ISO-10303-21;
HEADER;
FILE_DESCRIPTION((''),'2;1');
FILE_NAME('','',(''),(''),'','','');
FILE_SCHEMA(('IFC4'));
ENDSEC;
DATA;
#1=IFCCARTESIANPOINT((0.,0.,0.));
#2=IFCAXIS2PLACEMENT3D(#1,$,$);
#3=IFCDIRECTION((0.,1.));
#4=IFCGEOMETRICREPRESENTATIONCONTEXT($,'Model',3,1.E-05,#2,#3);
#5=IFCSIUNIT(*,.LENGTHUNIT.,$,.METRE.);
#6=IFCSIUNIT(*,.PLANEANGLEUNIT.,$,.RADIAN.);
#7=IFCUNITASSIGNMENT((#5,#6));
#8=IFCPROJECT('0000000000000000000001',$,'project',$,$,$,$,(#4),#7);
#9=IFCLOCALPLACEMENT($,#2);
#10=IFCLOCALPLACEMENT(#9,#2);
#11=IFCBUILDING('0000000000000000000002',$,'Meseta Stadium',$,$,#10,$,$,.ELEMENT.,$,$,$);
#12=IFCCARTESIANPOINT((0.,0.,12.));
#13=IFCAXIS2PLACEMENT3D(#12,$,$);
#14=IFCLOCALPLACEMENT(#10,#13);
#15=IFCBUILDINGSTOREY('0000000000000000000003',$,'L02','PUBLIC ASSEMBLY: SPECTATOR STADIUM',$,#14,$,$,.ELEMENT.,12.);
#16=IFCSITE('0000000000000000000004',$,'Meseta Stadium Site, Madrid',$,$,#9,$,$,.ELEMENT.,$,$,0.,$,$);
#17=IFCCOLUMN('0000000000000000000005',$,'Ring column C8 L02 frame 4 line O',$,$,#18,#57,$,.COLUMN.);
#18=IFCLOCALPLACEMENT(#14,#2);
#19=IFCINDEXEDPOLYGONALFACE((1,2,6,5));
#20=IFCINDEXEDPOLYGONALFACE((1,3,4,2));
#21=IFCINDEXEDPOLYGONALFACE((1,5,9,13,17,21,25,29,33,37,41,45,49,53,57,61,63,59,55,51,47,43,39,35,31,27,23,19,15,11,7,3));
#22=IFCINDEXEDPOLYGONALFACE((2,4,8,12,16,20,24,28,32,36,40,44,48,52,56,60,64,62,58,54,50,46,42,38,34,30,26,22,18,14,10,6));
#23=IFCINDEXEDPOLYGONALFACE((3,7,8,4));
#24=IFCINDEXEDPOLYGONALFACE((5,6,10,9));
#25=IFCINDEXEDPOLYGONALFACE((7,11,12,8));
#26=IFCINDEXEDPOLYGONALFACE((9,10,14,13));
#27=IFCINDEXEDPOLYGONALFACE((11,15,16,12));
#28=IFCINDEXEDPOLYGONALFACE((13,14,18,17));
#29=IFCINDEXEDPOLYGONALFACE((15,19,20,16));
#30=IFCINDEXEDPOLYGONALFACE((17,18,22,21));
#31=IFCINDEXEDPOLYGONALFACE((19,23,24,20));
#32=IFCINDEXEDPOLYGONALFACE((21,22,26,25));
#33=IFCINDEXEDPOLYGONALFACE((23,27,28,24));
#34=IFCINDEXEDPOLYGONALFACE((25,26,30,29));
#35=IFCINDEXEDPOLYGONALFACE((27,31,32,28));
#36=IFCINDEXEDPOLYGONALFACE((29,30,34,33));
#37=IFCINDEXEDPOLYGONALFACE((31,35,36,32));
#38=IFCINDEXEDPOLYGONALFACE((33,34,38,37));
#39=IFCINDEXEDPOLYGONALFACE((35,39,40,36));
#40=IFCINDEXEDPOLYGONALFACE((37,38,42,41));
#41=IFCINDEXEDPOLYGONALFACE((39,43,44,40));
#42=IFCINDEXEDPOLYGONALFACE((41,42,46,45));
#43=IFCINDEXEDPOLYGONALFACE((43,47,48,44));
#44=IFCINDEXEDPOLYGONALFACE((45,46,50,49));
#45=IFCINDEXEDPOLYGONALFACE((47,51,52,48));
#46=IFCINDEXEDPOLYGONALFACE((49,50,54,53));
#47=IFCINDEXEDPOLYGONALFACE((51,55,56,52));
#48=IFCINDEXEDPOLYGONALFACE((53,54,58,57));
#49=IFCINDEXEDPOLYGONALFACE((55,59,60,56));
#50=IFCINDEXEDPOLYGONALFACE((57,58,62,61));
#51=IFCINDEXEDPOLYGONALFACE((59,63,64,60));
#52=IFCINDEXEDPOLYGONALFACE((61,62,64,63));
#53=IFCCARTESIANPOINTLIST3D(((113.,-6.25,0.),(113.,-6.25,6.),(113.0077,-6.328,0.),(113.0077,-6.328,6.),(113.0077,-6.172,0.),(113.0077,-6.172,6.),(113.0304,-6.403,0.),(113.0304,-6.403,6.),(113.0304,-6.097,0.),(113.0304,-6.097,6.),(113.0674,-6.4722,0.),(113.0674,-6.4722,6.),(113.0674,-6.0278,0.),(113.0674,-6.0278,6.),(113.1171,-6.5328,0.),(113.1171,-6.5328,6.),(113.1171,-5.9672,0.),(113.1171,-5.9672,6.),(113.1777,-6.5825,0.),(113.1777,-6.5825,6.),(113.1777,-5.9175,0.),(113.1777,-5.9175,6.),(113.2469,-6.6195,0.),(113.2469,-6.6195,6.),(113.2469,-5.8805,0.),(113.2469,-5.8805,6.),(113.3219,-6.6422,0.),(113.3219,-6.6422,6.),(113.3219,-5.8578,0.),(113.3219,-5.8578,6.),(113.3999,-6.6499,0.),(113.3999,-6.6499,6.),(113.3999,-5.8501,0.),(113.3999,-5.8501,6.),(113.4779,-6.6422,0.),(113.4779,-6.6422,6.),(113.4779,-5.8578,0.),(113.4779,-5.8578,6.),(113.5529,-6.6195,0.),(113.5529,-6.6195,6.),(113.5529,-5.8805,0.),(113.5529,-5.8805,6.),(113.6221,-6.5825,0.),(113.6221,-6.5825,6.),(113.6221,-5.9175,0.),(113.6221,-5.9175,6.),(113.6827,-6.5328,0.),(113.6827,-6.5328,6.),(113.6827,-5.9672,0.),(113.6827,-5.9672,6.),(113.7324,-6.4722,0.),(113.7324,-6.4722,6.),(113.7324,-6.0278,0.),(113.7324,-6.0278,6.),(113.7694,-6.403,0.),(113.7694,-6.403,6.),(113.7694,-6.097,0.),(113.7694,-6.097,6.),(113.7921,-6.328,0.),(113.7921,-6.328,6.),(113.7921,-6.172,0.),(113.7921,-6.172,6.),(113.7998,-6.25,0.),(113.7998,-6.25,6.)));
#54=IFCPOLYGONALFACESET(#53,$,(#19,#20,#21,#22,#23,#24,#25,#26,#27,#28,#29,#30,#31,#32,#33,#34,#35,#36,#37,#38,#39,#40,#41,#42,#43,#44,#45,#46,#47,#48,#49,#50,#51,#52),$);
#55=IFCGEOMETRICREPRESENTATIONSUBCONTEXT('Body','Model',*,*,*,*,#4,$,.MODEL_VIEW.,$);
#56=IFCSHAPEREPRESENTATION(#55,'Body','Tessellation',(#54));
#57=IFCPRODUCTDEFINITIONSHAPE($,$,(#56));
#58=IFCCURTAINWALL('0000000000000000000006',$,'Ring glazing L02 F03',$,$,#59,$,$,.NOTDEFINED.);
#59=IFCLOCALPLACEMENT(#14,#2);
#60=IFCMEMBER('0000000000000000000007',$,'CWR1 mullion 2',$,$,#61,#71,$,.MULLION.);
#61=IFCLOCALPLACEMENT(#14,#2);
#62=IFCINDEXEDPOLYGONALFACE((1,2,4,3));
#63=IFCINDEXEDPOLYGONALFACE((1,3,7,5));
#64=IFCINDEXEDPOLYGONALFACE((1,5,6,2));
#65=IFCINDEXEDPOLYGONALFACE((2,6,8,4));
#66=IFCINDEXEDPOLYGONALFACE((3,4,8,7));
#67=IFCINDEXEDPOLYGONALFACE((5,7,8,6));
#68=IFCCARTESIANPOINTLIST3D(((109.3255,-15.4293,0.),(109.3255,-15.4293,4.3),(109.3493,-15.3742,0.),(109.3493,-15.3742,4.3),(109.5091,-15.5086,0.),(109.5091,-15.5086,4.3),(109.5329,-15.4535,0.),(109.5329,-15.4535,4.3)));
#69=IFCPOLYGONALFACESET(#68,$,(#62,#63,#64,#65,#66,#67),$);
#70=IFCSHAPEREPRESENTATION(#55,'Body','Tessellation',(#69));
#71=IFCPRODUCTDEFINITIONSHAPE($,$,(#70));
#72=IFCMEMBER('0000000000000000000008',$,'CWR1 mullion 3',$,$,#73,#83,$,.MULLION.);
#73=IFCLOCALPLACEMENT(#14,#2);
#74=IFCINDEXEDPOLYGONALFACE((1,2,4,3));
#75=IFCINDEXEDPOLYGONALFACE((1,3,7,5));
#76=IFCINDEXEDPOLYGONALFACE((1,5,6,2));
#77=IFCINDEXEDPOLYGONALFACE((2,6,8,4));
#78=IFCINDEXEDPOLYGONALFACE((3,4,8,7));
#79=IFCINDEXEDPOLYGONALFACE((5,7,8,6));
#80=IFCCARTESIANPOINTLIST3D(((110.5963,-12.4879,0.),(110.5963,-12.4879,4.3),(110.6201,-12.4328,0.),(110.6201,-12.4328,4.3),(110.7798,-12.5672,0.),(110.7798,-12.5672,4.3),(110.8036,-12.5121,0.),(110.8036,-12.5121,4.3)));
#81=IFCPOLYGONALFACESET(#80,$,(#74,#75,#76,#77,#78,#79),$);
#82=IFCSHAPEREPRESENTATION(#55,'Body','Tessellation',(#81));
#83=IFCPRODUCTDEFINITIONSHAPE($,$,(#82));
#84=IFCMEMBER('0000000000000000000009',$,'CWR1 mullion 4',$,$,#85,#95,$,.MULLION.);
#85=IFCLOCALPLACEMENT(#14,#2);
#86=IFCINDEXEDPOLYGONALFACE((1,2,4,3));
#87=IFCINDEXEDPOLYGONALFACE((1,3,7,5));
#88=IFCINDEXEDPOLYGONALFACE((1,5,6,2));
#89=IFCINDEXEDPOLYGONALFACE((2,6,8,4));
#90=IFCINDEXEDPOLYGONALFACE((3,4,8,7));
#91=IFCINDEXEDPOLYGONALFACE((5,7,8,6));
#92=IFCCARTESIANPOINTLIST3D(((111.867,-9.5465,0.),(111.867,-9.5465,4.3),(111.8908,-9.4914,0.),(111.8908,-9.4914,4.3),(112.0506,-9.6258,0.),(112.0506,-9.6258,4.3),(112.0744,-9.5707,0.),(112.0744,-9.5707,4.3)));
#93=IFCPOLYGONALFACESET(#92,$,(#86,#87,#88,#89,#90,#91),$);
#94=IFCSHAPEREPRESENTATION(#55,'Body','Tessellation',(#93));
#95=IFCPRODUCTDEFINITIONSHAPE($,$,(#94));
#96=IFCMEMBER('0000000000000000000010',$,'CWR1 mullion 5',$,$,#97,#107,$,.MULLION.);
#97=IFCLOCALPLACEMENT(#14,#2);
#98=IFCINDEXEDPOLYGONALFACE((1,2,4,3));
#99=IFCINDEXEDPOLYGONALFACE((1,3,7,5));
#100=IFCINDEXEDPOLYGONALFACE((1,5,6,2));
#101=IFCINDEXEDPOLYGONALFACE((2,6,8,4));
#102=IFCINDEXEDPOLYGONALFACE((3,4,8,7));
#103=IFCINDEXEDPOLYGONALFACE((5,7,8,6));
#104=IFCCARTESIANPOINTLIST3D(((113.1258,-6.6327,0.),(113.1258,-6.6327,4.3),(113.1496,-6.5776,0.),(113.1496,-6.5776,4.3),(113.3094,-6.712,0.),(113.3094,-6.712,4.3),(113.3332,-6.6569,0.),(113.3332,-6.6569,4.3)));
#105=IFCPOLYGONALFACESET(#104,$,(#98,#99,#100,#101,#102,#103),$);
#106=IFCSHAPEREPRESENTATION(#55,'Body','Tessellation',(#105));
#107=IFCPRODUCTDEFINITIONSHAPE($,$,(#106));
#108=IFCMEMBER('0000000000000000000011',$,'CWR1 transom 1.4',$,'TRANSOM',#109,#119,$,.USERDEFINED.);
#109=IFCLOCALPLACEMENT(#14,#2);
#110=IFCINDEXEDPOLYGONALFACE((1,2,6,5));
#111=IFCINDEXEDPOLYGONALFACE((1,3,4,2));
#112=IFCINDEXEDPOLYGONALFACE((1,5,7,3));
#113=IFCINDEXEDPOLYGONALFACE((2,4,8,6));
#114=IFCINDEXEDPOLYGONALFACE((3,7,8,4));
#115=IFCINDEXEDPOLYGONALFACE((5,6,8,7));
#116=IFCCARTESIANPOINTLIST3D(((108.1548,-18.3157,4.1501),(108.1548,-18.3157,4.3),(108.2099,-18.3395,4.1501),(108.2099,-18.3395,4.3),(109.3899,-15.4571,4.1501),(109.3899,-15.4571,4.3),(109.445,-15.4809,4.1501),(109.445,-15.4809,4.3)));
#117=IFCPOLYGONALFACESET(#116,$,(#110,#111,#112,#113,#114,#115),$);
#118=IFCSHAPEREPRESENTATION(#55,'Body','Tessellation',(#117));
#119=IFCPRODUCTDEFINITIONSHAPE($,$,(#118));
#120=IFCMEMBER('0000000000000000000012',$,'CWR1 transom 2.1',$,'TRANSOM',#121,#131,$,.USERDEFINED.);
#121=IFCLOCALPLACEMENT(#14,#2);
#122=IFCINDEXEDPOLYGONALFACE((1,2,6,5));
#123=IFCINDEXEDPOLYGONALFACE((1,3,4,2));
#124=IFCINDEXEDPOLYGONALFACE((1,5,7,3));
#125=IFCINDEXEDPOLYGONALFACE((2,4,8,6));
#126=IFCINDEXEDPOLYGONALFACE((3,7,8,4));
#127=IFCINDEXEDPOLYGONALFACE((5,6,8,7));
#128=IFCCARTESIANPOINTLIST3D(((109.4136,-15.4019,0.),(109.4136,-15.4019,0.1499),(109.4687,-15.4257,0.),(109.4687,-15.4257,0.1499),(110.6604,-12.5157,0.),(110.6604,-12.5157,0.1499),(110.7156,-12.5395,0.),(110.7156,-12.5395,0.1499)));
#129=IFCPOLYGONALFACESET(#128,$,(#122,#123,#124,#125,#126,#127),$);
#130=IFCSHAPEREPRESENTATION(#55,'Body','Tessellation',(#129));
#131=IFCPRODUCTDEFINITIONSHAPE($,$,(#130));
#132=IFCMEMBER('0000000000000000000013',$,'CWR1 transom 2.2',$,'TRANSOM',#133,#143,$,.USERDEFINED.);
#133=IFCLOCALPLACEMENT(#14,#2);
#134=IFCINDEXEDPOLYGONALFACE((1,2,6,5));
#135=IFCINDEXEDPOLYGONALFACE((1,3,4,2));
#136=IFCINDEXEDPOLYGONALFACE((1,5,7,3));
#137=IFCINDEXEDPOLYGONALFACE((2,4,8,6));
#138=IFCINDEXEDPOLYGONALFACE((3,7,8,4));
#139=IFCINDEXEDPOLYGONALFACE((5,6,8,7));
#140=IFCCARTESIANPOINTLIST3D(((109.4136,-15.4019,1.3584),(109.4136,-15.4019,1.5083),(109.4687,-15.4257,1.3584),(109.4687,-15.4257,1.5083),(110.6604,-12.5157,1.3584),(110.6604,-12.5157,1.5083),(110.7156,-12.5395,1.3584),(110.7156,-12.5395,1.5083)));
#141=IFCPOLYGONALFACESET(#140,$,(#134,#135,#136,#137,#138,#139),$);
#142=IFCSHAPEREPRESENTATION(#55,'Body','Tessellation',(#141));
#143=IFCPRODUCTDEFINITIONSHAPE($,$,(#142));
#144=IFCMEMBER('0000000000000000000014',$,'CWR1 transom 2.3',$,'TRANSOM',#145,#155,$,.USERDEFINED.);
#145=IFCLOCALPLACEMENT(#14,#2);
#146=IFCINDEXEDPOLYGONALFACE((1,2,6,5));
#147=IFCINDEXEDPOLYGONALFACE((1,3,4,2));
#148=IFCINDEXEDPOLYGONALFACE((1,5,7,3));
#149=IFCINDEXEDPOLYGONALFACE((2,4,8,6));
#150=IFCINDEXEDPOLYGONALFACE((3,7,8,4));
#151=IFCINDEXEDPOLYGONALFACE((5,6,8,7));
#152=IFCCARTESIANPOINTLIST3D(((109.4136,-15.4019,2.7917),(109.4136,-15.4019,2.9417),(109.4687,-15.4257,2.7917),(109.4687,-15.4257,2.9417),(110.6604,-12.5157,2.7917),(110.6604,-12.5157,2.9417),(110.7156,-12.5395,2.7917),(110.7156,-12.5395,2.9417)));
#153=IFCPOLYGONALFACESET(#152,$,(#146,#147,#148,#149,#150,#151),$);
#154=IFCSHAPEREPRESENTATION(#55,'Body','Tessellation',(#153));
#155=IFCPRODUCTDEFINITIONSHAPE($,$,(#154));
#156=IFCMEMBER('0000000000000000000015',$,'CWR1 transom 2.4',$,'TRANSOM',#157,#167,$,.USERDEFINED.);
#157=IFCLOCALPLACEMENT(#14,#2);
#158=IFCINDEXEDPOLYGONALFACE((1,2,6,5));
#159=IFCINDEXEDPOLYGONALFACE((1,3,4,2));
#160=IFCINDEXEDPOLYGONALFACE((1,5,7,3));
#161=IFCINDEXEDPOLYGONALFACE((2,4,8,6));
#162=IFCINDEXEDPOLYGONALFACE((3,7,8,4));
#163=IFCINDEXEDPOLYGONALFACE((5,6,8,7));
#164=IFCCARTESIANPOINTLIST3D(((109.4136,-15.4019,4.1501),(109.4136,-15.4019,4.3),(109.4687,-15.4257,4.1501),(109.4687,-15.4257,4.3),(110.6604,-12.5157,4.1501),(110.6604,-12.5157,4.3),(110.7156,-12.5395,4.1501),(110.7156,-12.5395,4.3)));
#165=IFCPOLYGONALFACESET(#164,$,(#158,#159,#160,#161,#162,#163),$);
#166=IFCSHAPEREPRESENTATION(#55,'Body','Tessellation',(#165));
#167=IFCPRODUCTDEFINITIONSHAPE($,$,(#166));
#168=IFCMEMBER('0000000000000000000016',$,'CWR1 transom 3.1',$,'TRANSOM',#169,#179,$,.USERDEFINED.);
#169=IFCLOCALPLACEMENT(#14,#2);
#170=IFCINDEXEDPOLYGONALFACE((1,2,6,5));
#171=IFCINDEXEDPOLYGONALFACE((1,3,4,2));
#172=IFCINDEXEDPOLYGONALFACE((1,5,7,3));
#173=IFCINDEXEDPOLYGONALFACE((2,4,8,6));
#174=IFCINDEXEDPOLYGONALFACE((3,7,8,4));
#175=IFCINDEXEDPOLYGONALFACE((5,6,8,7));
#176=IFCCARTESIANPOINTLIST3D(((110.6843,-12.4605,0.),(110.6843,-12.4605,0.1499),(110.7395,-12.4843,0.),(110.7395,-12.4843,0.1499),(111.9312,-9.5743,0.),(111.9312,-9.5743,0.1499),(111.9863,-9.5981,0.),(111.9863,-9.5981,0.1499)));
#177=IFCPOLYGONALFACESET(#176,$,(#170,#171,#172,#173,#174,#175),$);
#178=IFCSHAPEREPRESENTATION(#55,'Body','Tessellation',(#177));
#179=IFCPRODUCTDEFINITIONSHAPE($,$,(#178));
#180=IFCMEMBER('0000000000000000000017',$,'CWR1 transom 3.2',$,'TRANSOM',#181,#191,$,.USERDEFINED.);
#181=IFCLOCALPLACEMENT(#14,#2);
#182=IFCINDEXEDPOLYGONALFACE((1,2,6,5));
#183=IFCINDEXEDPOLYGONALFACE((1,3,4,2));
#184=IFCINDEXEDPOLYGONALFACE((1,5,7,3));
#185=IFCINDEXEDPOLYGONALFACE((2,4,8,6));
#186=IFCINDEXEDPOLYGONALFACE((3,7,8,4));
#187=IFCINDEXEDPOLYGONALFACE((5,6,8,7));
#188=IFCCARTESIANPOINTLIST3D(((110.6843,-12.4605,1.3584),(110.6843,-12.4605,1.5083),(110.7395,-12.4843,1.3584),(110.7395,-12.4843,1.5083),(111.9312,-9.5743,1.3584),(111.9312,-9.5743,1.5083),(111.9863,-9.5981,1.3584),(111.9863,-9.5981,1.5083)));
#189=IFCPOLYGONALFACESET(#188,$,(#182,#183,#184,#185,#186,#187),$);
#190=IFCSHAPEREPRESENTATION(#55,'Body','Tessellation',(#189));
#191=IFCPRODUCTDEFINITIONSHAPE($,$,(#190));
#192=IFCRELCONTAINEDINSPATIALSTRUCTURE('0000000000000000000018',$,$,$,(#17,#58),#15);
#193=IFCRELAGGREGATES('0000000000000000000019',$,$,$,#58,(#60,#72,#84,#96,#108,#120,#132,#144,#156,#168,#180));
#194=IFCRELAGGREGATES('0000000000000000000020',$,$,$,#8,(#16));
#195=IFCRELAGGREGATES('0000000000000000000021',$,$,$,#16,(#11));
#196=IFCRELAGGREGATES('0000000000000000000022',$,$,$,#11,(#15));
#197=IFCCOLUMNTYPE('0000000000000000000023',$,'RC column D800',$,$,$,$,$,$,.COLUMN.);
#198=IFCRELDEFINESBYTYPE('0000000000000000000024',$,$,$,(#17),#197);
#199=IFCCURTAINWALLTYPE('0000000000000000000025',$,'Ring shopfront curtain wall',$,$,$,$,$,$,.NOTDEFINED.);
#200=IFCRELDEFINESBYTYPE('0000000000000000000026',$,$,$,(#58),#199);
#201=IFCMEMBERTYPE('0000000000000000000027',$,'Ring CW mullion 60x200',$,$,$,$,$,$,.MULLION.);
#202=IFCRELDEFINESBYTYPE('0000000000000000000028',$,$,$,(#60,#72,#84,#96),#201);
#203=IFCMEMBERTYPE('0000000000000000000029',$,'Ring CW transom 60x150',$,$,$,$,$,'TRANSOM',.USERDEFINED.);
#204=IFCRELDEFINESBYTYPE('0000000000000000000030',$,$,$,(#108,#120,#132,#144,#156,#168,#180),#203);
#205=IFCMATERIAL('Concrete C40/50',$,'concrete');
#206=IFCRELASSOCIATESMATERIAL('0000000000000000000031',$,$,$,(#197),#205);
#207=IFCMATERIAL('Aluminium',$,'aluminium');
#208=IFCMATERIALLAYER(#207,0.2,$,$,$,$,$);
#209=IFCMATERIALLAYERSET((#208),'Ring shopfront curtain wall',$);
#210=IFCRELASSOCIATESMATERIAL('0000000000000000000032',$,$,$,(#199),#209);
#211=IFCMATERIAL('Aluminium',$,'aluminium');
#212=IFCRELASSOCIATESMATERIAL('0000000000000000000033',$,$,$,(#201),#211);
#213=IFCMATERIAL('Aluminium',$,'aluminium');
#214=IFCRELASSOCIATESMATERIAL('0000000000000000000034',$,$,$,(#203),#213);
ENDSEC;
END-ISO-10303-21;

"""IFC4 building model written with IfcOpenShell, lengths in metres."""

from ifc_helpers import new_model, si_unit, direction, frame, origin, origin_2d, place, context, subcontext, project, spatial, rectangle, circle, extrude, material, layer, layer_set, material_profile, profile_set, type_object, element, aggregate, save


model = new_model("IFC4")

# Units and contexts
model_context = context("Model", 3, precision=1e-05, world=origin(), true_north=direction((0.0, 1.0)))
body_context = subcontext(model_context, "Body", "Model", "MODEL_VIEW")
ifc_project = project(units=[si_unit("LENGTHUNIT", "METRE"), si_unit("PLANEANGLEUNIT", "RADIAN")], contexts=[model_context])

# Site, building, storey
site_placement = place(None, origin())
site = spatial("IfcSite", under=ifc_project, at=site_placement, Name="Meseta Stadium Site, Madrid", CompositionType="ELEMENT", RefElevation=0.0)
building_placement = place(site_placement, origin())
building = spatial("IfcBuilding", under=site, at=building_placement, Name="Meseta Stadium", CompositionType="ELEMENT")
storey_placement = place(building_placement, frame((0.0, 0.0, 12.0)))
storey = spatial("IfcBuildingStorey", under=building, at=storey_placement, Name="L02", Description="PUBLIC ASSEMBLY: SPECTATOR STADIUM", CompositionType="ELEMENT", Elevation=12.0)

# Column
ifc_material_1 = material(Name="Concrete C40/50", Category="concrete")
ifc_material_profile_1 = material_profile(ifc_material_1, circle(Radius=0.3999, at=origin_2d()), Name="RC D800")
ifc_profile_set_1 = profile_set([ifc_material_profile_1], Name="Concrete C40/50")
column_type = type_object("IfcColumnType", Name="RC column D800", PredefinedType="COLUMN", material=ifc_profile_set_1)
column_placement = place(storey_placement, frame((113.3999, -6.25, 0.0), z_axis=(0.0, 0.0, 1.0), x_axis=(1.0, 0.0, 0.0)))
element("IfcColumn", 1, at=column_placement, inside=storey, type_object=column_type, Name="Ring column C8 L02 frame 4 line O", PredefinedType="COLUMN", context=body_context, shape_type="SweptSolid", body=[
    extrude(circle(Radius=0.3999, at=origin_2d()), origin(), (0.0, 0.0, 1.0), 6.0),
])

# Curtain wall, members
ifc_material_2 = material(Name="Aluminium", Category="aluminium")
ifc_layer_1 = layer(ifc_material_2, 0.2)
ifc_layer_set_1 = layer_set([ifc_layer_1], Name="Ring shopfront curtain wall")
curtain_wall_type = type_object("IfcCurtainWallType", Name="Ring shopfront curtain wall", PredefinedType="NOTDEFINED", material=ifc_layer_set_1)
curtain_wall_placement = place(storey_placement, origin())
curtain_wall = element("IfcCurtainWall", 2, at=curtain_wall_placement, inside=storey, type_object=curtain_wall_type, Name="Ring glazing L02 F03", PredefinedType="NOTDEFINED")
ifc_material_3 = material(Name="Aluminium", Category="aluminium")
ifc_material_profile_2 = material_profile(ifc_material_3, rectangle(XDim=0.2, YDim=0.0601, at=origin_2d()), Name="CW 200x60")
ifc_profile_set_2 = profile_set([ifc_material_profile_2], Name="Aluminium")
member_type_1 = type_object("IfcMemberType", Name="Ring CW mullion 60x200", PredefinedType="MULLION", material=ifc_profile_set_2)
member_1_placement = place(storey_placement, frame((109.4292, -15.4414, 0.0), z_axis=(0.0, 0.0, 1.0), x_axis=(-0.918, 0.396581, 0.0)))
member_1 = element("IfcMember", 3, at=member_1_placement, type_object=member_type_1, Name="CWR1 mullion 2", PredefinedType="MULLION", context=body_context, shape_type="SweptSolid", body=[
    extrude(rectangle(XDim=0.2, YDim=0.0601, at=origin_2d()), origin(), (0.0, 0.0, 1.0), 4.3),
])
member_2_placement = place(storey_placement, frame((110.7, -12.5, 0.0), z_axis=(0.0, 0.0, 1.0), x_axis=(-0.918, 0.396581, 0.0)))
member_2 = element("IfcMember", 4, at=member_2_placement, type_object=member_type_1, Name="CWR1 mullion 3", PredefinedType="MULLION", context=body_context, shape_type="SweptSolid", body=[
    extrude(rectangle(XDim=0.2, YDim=0.0601, at=origin_2d()), origin(), (0.0, 0.0, 1.0), 4.3),
])
member_3_placement = place(storey_placement, frame((111.9707, -9.5586, 0.0), z_axis=(0.0, 0.0, 1.0), x_axis=(-0.918, 0.396581, 0.0)))
member_3 = element("IfcMember", 5, at=member_3_placement, type_object=member_type_1, Name="CWR1 mullion 4", PredefinedType="MULLION", context=body_context, shape_type="SweptSolid", body=[
    extrude(rectangle(XDim=0.2, YDim=0.0601, at=origin_2d()), origin(), (0.0, 0.0, 1.0), 4.3),
])
member_4_placement = place(storey_placement, frame((113.2295, -6.6448, 0.0), z_axis=(0.0, 0.0, 1.0), x_axis=(-0.918, 0.396581, 0.0)))
member_4 = element("IfcMember", 6, at=member_4_placement, type_object=member_type_1, Name="CWR1 mullion 5", PredefinedType="MULLION", context=body_context, shape_type="SweptSolid", body=[
    extrude(rectangle(XDim=0.2, YDim=0.0601, at=origin_2d()), origin(), (0.0, 0.0, 1.0), 4.3),
])
ifc_material_4 = material(Name="Aluminium", Category="aluminium")
ifc_material_profile_3 = material_profile(ifc_material_4, rectangle(XDim=0.0601, YDim=0.1499, at=origin_2d()), Name="CW 60x150")
ifc_profile_set_3 = profile_set([ifc_material_profile_3], Name="Aluminium")
member_type_2 = type_object("IfcMemberType", Name="Ring CW transom 60x150", ElementType="TRANSOM", PredefinedType="USERDEFINED", material=ifc_profile_set_3)
member_5_placement = place(storey_placement, frame((108.1824, -18.3276, 4.2251), z_axis=(0.396624, 0.917981, 0.0), x_axis=(-0.917981, 0.396624, 0.0)))
member_5 = element("IfcMember", 7, at=member_5_placement, type_object=member_type_2, Name="CWR1 transom 1.4", ObjectType="TRANSOM", PredefinedType="USERDEFINED", context=body_context, shape_type="SweptSolid", body=[
    extrude(rectangle(XDim=0.0601, YDim=0.1499, at=origin_2d()), origin(), (0.0, 0.0, 1.0), 3.114),
])
member_6_placement = place(storey_placement, frame((109.4412, -15.4138, 0.075), z_axis=(0.39657, 0.918005, 0.0), x_axis=(-0.918005, 0.39657, 0.0)))
member_6 = element("IfcMember", 8, at=member_6_placement, type_object=member_type_2, Name="CWR1 transom 2.1", ObjectType="TRANSOM", PredefinedType="USERDEFINED", context=body_context, shape_type="SweptSolid", body=[
    extrude(rectangle(XDim=0.0601, YDim=0.1499, at=origin_2d()), origin(), (0.0, 0.0, 1.0), 3.144),
])
member_7_placement = place(storey_placement, frame((109.4412, -15.4138, 1.4333), z_axis=(0.39657, 0.918005, 0.0), x_axis=(-0.918005, 0.39657, 0.0)))
member_7 = element("IfcMember", 9, at=member_7_placement, type_object=member_type_2, Name="CWR1 transom 2.2", ObjectType="TRANSOM", PredefinedType="USERDEFINED", context=body_context, shape_type="SweptSolid", body=[
    extrude(rectangle(XDim=0.0601, YDim=0.1499, at=origin_2d()), origin(), (0.0, 0.0, 1.0), 3.144),
])
member_8_placement = place(storey_placement, frame((109.4412, -15.4138, 2.8667), z_axis=(0.39657, 0.918005, 0.0), x_axis=(-0.918005, 0.39657, 0.0)))
member_8 = element("IfcMember", 10, at=member_8_placement, type_object=member_type_2, Name="CWR1 transom 2.3", ObjectType="TRANSOM", PredefinedType="USERDEFINED", context=body_context, shape_type="SweptSolid", body=[
    extrude(rectangle(XDim=0.0601, YDim=0.1499, at=origin_2d()), origin(), (0.0, 0.0, 1.0), 3.144),
])
member_9_placement = place(storey_placement, frame((109.4412, -15.4138, 4.2251), z_axis=(0.39657, 0.918005, 0.0), x_axis=(-0.918005, 0.39657, 0.0)))
member_9 = element("IfcMember", 11, at=member_9_placement, type_object=member_type_2, Name="CWR1 transom 2.4", ObjectType="TRANSOM", PredefinedType="USERDEFINED", context=body_context, shape_type="SweptSolid", body=[
    extrude(rectangle(XDim=0.0601, YDim=0.1499, at=origin_2d()), origin(), (0.0, 0.0, 1.0), 3.144),
])
member_10_placement = place(storey_placement, frame((110.7119, -12.4724, 0.075), z_axis=(0.39657, 0.918005, 0.0), x_axis=(-0.918005, 0.39657, 0.0)))
member_10 = element("IfcMember", 12, at=member_10_placement, type_object=member_type_2, Name="CWR1 transom 3.1", ObjectType="TRANSOM", PredefinedType="USERDEFINED", context=body_context, shape_type="SweptSolid", body=[
    extrude(rectangle(XDim=0.0601, YDim=0.1499, at=origin_2d()), origin(), (0.0, 0.0, 1.0), 3.144),
])
member_11_placement = place(storey_placement, frame((110.7119, -12.4724, 1.4333), z_axis=(0.39657, 0.918005, 0.0), x_axis=(-0.918005, 0.39657, 0.0)))
member_11 = element("IfcMember", 13, at=member_11_placement, type_object=member_type_2, Name="CWR1 transom 3.2", ObjectType="TRANSOM", PredefinedType="USERDEFINED", context=body_context, shape_type="SweptSolid", body=[
    extrude(rectangle(XDim=0.0601, YDim=0.1499, at=origin_2d()), origin(), (0.0, 0.0, 1.0), 3.144),
])
aggregate(curtain_wall, [member_1, member_2, member_3, member_4, member_5, member_6, member_7, member_8, member_9, member_10, member_11])

save(model, "model.ifc")
